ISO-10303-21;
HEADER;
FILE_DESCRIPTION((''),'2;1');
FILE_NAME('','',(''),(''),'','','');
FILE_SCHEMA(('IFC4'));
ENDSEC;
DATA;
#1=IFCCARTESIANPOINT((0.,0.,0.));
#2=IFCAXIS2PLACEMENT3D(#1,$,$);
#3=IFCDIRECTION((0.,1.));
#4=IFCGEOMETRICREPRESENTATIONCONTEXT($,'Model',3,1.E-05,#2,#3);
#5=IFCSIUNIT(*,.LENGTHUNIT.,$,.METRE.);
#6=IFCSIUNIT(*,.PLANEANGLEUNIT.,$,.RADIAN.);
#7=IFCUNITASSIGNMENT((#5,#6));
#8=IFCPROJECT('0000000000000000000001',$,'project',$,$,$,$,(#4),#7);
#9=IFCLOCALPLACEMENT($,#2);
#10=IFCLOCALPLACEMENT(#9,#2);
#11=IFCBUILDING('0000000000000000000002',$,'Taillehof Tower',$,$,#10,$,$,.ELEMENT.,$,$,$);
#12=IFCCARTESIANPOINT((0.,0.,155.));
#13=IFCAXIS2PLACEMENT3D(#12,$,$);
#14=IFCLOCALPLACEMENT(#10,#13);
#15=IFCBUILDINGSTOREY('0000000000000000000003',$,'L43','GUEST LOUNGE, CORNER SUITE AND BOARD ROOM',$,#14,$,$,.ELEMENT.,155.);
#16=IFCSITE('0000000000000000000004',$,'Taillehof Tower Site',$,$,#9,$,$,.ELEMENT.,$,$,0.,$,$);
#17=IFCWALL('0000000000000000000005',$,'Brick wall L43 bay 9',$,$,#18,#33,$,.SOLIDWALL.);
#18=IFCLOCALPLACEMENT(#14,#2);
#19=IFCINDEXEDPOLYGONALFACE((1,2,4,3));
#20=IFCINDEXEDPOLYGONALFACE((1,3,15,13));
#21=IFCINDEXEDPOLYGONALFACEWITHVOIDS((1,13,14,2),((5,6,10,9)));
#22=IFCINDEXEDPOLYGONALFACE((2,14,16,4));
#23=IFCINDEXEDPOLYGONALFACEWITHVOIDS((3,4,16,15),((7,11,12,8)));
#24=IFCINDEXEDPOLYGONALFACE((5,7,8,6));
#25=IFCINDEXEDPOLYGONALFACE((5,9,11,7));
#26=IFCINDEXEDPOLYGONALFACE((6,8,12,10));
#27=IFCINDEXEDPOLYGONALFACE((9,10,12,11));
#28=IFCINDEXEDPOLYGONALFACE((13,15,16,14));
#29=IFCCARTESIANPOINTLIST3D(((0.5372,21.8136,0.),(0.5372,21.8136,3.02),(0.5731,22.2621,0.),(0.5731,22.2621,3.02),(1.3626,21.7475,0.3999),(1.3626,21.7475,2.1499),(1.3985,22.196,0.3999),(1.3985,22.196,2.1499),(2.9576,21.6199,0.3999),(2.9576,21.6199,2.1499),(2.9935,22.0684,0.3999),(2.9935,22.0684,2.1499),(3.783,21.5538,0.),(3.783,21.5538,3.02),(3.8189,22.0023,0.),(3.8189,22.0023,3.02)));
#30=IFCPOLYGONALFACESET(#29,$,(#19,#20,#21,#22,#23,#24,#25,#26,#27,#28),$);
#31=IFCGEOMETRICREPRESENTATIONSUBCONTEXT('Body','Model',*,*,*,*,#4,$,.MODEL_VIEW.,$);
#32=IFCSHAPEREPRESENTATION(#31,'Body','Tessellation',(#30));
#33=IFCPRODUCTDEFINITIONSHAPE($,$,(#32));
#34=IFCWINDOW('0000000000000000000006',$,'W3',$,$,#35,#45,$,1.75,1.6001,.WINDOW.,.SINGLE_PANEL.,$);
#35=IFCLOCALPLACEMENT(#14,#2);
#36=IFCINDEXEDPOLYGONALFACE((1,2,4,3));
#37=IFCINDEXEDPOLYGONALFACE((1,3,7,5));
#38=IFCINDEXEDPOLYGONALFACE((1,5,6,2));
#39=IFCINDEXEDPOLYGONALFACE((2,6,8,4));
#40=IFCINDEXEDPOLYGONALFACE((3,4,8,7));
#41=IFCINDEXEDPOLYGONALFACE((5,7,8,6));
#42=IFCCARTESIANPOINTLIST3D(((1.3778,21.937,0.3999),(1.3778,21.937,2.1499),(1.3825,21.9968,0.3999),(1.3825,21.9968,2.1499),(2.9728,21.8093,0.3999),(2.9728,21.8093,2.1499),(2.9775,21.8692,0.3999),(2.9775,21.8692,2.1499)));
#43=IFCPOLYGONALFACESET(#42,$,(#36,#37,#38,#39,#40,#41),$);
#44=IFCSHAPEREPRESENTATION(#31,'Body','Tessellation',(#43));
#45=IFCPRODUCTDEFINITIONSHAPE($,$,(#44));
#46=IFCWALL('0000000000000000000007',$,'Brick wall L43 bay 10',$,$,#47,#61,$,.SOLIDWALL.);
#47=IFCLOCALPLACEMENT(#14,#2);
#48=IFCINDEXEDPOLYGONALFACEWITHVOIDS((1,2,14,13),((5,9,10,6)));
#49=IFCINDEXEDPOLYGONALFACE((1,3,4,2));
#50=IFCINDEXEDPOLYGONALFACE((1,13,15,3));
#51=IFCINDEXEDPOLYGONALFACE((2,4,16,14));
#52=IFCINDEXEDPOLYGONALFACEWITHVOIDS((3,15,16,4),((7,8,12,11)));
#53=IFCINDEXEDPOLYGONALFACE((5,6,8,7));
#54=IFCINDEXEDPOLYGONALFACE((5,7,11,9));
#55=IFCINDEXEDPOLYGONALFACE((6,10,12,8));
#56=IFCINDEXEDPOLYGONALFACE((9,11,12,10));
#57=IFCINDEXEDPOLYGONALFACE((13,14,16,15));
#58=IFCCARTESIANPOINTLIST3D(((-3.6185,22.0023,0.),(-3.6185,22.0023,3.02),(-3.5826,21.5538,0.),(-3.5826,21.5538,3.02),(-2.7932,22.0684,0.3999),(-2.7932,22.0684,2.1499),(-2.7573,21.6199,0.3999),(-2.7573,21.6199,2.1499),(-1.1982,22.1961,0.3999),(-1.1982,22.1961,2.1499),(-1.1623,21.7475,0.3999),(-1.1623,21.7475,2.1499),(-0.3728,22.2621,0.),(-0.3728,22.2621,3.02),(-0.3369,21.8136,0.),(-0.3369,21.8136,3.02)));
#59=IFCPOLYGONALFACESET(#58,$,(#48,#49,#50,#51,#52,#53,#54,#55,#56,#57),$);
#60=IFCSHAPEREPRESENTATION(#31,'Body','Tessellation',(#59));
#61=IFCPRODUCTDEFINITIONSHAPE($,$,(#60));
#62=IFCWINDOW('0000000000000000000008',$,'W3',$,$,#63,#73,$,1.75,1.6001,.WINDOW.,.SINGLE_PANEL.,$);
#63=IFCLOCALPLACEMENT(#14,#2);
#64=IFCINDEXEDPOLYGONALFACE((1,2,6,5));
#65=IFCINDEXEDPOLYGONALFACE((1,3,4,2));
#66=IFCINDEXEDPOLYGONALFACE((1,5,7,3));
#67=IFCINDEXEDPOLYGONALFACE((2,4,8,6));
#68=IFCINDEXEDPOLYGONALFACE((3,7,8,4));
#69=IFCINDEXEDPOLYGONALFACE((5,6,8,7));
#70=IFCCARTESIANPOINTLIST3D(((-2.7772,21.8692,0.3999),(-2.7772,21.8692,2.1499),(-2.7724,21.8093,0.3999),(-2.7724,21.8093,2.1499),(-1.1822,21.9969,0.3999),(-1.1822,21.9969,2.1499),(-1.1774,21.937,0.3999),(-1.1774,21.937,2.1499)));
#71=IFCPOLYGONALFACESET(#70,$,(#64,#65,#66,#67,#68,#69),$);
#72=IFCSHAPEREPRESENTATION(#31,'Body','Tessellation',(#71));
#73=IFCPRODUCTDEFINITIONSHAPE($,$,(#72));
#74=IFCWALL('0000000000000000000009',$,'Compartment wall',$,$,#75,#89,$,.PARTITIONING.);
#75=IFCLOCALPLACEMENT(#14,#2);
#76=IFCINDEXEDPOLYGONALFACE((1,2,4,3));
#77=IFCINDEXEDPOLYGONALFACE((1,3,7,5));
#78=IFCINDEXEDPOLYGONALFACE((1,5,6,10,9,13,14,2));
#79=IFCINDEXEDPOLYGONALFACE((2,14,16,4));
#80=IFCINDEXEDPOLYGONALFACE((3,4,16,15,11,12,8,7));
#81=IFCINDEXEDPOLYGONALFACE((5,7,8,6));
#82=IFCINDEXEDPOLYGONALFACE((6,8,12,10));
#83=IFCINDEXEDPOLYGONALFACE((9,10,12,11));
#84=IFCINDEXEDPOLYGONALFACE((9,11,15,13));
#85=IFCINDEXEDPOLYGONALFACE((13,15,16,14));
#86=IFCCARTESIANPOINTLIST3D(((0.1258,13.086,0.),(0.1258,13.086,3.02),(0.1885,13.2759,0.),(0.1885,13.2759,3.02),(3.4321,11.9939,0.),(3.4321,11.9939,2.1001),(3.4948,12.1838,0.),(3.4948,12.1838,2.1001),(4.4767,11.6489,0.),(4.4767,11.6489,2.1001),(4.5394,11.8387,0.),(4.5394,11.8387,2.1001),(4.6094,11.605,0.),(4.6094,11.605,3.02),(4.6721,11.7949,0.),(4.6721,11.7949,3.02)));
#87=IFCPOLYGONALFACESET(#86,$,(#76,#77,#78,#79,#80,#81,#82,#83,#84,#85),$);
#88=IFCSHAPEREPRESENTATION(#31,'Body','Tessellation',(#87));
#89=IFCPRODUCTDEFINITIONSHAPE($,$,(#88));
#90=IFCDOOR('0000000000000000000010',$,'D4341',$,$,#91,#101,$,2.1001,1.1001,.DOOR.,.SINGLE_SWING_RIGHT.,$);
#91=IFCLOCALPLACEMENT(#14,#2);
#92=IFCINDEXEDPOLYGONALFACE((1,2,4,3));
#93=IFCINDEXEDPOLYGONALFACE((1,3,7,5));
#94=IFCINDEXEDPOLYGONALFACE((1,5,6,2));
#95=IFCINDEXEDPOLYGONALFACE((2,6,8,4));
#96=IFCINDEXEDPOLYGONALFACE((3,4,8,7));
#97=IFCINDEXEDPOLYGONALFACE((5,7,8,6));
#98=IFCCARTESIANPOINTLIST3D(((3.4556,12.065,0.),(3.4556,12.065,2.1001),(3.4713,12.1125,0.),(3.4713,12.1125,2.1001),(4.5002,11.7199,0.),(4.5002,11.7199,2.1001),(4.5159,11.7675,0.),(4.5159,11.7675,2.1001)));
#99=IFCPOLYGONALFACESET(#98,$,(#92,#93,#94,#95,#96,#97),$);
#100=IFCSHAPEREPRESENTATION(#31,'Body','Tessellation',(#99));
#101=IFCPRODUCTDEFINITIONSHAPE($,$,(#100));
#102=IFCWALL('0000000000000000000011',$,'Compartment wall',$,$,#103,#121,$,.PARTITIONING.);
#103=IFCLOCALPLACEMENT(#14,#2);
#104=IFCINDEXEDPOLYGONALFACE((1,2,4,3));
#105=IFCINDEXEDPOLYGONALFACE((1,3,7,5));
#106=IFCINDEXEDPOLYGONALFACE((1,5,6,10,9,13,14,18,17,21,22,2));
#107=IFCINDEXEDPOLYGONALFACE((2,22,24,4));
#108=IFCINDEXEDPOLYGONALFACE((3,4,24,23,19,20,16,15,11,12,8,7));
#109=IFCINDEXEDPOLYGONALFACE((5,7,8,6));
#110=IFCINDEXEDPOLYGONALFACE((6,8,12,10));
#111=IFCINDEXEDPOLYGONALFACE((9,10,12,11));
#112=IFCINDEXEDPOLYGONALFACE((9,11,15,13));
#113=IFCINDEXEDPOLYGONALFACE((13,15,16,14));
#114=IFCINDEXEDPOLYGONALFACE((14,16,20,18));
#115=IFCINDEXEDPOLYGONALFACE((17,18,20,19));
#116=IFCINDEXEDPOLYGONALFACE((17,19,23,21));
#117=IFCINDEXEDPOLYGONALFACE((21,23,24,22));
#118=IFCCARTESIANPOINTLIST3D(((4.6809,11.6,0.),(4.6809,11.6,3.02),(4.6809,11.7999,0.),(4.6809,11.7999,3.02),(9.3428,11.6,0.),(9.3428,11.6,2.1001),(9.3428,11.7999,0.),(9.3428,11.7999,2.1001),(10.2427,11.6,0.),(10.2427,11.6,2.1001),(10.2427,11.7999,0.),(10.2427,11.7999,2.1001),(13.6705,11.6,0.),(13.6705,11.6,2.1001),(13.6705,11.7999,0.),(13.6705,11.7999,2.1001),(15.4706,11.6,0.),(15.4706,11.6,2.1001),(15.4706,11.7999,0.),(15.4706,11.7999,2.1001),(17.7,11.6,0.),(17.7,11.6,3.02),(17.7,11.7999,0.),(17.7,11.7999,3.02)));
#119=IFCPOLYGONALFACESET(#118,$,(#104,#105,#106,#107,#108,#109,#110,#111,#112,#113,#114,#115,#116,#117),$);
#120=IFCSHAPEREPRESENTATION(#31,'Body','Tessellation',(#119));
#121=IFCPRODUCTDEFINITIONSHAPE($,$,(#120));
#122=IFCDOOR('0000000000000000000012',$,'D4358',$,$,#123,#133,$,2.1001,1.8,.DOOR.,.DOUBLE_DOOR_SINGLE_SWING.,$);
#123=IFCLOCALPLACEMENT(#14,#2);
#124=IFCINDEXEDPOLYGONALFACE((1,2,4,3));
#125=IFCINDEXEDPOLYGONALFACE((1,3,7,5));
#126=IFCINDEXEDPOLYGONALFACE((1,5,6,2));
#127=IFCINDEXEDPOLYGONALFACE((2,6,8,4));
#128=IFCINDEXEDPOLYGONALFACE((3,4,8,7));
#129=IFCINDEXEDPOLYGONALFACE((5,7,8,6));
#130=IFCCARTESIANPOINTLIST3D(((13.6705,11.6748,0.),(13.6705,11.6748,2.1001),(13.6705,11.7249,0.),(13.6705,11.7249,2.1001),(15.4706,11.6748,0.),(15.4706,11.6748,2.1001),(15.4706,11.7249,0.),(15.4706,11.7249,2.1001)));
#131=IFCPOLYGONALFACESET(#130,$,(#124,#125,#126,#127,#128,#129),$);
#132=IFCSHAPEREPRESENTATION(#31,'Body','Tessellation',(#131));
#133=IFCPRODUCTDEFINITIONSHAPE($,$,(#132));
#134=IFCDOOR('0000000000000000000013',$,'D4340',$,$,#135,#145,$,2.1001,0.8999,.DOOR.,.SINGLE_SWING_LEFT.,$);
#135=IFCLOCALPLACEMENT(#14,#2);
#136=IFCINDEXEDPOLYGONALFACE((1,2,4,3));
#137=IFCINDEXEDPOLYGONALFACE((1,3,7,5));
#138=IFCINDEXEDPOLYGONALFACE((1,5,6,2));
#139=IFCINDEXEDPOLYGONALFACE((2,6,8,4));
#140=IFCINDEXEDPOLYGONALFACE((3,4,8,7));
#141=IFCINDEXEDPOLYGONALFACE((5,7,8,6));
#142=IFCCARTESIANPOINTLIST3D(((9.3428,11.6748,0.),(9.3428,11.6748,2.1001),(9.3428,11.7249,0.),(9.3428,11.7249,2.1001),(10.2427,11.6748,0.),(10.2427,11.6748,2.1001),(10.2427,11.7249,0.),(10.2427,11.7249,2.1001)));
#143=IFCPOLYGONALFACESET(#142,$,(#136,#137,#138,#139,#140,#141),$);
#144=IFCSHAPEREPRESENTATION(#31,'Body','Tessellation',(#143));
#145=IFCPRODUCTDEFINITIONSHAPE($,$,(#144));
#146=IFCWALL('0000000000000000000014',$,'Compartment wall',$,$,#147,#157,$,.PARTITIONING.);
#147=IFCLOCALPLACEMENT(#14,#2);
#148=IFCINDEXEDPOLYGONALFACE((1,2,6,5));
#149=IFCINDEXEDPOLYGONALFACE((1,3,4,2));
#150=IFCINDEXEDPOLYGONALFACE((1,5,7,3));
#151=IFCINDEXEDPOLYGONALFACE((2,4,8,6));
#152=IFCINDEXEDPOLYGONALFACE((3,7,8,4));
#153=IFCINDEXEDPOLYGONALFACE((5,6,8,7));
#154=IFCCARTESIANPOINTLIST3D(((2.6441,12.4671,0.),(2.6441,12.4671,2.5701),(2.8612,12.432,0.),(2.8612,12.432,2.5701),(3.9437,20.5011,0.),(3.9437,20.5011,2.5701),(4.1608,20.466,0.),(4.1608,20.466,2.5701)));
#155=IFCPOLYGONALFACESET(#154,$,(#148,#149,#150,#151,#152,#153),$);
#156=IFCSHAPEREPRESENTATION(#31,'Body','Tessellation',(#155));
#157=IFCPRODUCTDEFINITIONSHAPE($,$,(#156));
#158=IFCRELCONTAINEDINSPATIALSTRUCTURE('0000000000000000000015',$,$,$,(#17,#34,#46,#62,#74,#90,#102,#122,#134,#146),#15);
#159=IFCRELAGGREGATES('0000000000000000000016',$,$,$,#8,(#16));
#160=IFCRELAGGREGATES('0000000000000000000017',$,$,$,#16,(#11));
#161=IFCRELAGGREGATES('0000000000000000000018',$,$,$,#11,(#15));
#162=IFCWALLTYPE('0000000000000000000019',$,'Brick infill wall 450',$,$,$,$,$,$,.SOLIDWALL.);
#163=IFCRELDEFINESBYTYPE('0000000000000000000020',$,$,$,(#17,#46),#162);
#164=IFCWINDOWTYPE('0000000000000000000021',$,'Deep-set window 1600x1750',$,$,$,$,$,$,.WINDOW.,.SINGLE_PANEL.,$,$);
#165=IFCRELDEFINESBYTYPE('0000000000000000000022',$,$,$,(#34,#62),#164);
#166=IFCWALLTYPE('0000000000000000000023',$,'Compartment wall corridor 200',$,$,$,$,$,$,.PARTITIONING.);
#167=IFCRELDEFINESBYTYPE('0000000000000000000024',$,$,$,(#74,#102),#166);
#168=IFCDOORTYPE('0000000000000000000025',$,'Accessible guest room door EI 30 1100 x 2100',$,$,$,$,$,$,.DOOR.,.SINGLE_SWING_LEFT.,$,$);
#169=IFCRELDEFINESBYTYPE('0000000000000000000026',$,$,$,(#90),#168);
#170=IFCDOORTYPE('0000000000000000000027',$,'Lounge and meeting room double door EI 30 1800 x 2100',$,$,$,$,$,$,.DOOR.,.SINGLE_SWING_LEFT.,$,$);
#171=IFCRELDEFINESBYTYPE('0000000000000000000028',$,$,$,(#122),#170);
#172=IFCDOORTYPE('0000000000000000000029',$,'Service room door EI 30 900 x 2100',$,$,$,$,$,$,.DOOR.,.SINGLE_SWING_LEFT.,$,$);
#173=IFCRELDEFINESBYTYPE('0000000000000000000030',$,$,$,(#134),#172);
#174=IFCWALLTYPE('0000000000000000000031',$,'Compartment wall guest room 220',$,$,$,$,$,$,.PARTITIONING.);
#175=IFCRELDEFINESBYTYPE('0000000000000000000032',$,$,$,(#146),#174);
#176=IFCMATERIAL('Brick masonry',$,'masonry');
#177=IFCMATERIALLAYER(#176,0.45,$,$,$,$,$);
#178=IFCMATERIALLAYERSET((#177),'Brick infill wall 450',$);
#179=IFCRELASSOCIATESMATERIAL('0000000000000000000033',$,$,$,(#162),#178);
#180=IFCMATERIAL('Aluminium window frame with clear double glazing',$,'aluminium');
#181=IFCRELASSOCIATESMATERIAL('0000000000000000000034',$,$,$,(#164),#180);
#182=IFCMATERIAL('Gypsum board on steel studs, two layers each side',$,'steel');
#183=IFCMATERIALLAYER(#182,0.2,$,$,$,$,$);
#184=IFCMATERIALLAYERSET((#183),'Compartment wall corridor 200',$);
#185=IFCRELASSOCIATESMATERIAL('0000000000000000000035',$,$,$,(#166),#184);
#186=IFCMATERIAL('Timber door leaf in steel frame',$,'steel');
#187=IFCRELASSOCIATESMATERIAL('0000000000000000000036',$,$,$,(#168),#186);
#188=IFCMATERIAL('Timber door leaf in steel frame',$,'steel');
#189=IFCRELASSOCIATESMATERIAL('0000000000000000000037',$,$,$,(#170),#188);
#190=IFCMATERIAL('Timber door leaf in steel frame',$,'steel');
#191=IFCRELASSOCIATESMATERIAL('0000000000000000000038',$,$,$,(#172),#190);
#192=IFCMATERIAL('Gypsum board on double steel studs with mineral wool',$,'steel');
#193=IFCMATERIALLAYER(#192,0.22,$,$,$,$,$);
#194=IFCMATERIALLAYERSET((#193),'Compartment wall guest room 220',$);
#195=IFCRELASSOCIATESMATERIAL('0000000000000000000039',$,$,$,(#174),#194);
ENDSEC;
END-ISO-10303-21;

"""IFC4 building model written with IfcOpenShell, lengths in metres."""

from ifc_helpers import new_model, si_unit, direction, frame, frame_2d, origin, place, context, subcontext, project, spatial, rectangle, extrude, material, layer, layer_set, type_object, element, fill, save


model = new_model("IFC4")

# Units and contexts
model_context = context("Model", 3, precision=1e-05, world=origin(), true_north=direction((0.0, 1.0)))
body_context = subcontext(model_context, "Body", "Model", "MODEL_VIEW")
ifc_project = project(units=[si_unit("LENGTHUNIT", "METRE"), si_unit("PLANEANGLEUNIT", "RADIAN")], contexts=[model_context])

# Site, building, storey
site_placement = place(None, origin())
site = spatial("IfcSite", under=ifc_project, at=site_placement, Name="Taillehof Tower Site", CompositionType="ELEMENT", RefElevation=0.0)
building_placement = place(site_placement, origin())
building = spatial("IfcBuilding", under=site, at=building_placement, Name="Taillehof Tower", CompositionType="ELEMENT")
storey_placement = place(building_placement, frame((0.0, 0.0, 155.0)))
storey = spatial("IfcBuildingStorey", under=building, at=storey_placement, Name="L43", Description="GUEST LOUNGE, CORNER SUITE AND BOARD ROOM", CompositionType="ELEMENT", Elevation=155.0)

# Walls, openings, windows
ifc_material_1 = material(Name="Brick masonry", Category="masonry")
ifc_layer_1 = layer(ifc_material_1, 0.45)
ifc_layer_set_1 = layer_set([ifc_layer_1], Name="Brick infill wall 450")
wall_type_1 = type_object("IfcWallType", Name="Brick infill wall 450", PredefinedType="SOLIDWALL", material=ifc_layer_set_1)
ifc_material_2 = material(Name="Aluminium window frame with clear double glazing", Category="aluminium")
window_type = type_object("IfcWindowType", Name="Deep-set window 1600x1750", PartitioningType="SINGLE_PANEL", PredefinedType="WINDOW", material=ifc_material_2)
wall_1_placement = place(storey_placement, frame((3.8008, 21.7781, 0.0), z_axis=(0.0, 0.0, 1.0), x_axis=(-0.996812, 0.079781, 0.0)))
wall_1 = element("IfcWall", 1, at=wall_1_placement, inside=storey, type_object=wall_type_1, Name="Brick wall L43 bay 9", PredefinedType="SOLIDWALL", context=body_context, shape_type="SweptSolid", body=[
    extrude(rectangle(XDim=3.2561, YDim=0.45, at=frame_2d((1.6279, 0.0))), origin(), (0.0, 0.0, 1.0), 3.02),
])
opening_1_placement = place(wall_1_placement, frame((0.8279, 0.0, 0.3999)))
opening_1 = element("IfcOpeningElement", 2, at=opening_1_placement, cuts=wall_1, PredefinedType="OPENING", context=body_context, shape_type="SweptSolid", body=[
    extrude(rectangle(XDim=1.6001, YDim=1.75, at=frame_2d((0.8, 0.875))), frame((0.0, 0.2349, 0.0), z_axis=(0.0, -1.0, 0.0), x_axis=(1.0, 0.0, 0.0)), (0.0, 0.0, 1.0), 0.47),
])
window_1_placement = place(opening_1_placement, origin())
window_1 = element("IfcWindow", 3, at=window_1_placement, inside=storey, type_object=window_type, Name="W3", OverallHeight=1.75, OverallWidth=1.6001, PartitioningType="SINGLE_PANEL", PredefinedType="WINDOW", context=body_context, shape_type="SweptSolid", body=[
    extrude(rectangle(XDim=1.6001, YDim=1.75, at=frame_2d((0.8, 0.875))), frame((0.0, 0.0349, 0.0), z_axis=(0.0, -1.0, 0.0), x_axis=(1.0, 0.0, 0.0)), (0.0, 0.0, 1.0), 0.0601),
])
fill(opening_1, window_1)
wall_2_placement = place(storey_placement, frame((-0.355, 22.0378, 0.0), z_axis=(0.0, 0.0, 1.0), x_axis=(-0.996812, -0.079781, 0.0)))
wall_2 = element("IfcWall", 4, at=wall_2_placement, inside=storey, type_object=wall_type_1, Name="Brick wall L43 bay 10", PredefinedType="SOLIDWALL", context=body_context, shape_type="SweptSolid", body=[
    extrude(rectangle(XDim=3.2561, YDim=0.45, at=frame_2d((1.6279, 0.0))), origin(), (0.0, 0.0, 1.0), 3.02),
])
opening_2_placement = place(wall_2_placement, frame((0.8279, 0.0, 0.3999)))
opening_2 = element("IfcOpeningElement", 5, at=opening_2_placement, cuts=wall_2, PredefinedType="OPENING", context=body_context, shape_type="SweptSolid", body=[
    extrude(rectangle(XDim=1.6001, YDim=1.75, at=frame_2d((0.8, 0.875))), frame((0.0, 0.2349, 0.0), z_axis=(0.0, -1.0, 0.0), x_axis=(1.0, 0.0, 0.0)), (0.0, 0.0, 1.0), 0.47),
])
window_2_placement = place(opening_2_placement, origin())
window_2 = element("IfcWindow", 6, at=window_2_placement, inside=storey, type_object=window_type, Name="W3", OverallHeight=1.75, OverallWidth=1.6001, PartitioningType="SINGLE_PANEL", PredefinedType="WINDOW", context=body_context, shape_type="SweptSolid", body=[
    extrude(rectangle(XDim=1.6001, YDim=1.75, at=frame_2d((0.8, 0.875))), frame((0.0, 0.0349, 0.0), z_axis=(0.0, -1.0, 0.0), x_axis=(1.0, 0.0, 0.0)), (0.0, 0.0, 1.0), 0.0601),
])
fill(opening_2, window_2)

# Wall, opening, door
ifc_material_3 = material(Name="Gypsum board on steel studs, two layers each side", Category="steel")
ifc_layer_2 = layer(ifc_material_3, 0.2)
ifc_layer_set_2 = layer_set([ifc_layer_2], Name="Compartment wall corridor 200")
wall_type_2 = type_object("IfcWallType", Name="Compartment wall corridor 200", PredefinedType="PARTITIONING", material=ifc_layer_set_2)
wall_3_placement = place(storey_placement, frame((0.1572, 13.1809, 0.0), z_axis=(0.0, 0.0, 1.0), x_axis=(0.949543, -0.313636, 0.0)))
wall_3 = element("IfcWall", 7, at=wall_3_placement, inside=storey, type_object=wall_type_2, Name="Compartment wall", PredefinedType="PARTITIONING", context=body_context, shape_type="SweptSolid", body=[
    extrude(rectangle(XDim=4.7219, YDim=0.2, at=frame_2d((2.3608, 0.0))), origin(), (0.0, 0.0, 1.0), 3.02),
])
opening_3_placement = place(wall_3_placement, frame((3.4819, 0.0, 0.0)))
opening_3 = element("IfcOpeningElement", 8, at=opening_3_placement, cuts=wall_3, PredefinedType="OPENING", context=body_context, shape_type="SweptSolid", body=[
    extrude(rectangle(XDim=1.1001, YDim=2.1001, at=frame_2d((0.55, 1.05))), frame((0.0, 0.1099, 0.0), z_axis=(0.0, -1.0, 0.0), x_axis=(1.0, 0.0, 0.0)), (0.0, 0.0, 1.0), 0.22),
])
ifc_material_4 = material(Name="Timber door leaf in steel frame", Category="steel")
door_type_1 = type_object("IfcDoorType", Name="Accessible guest room door EI 30 1100 x 2100", OperationType="SINGLE_SWING_LEFT", PredefinedType="DOOR", material=ifc_material_4)
door_1_placement = place(opening_3_placement, origin())
door_1 = element("IfcDoor", 9, at=door_1_placement, inside=storey, type_object=door_type_1, Name="D4341", OperationType="SINGLE_SWING_RIGHT", OverallHeight=2.1001, OverallWidth=1.1001, PredefinedType="DOOR", context=body_context, shape_type="SweptSolid", body=[
    extrude(rectangle(XDim=1.1001, YDim=2.1001, at=frame_2d((0.55, 1.05))), frame((0.0, 0.0249, 0.0), z_axis=(0.0, -1.0, 0.0), x_axis=(1.0, 0.0, 0.0)), (0.0, 0.0, 1.0), 0.05),
])
fill(opening_3, door_1)

# Wall, openings, doors
wall_4_placement = place(storey_placement, frame((4.6809, 11.7, 0.0), z_axis=(0.0, 0.0, 1.0), x_axis=(1.0, 0.0, 0.0)))
wall_4 = element("IfcWall", 10, at=wall_4_placement, inside=storey, type_object=wall_type_2, Name="Compartment wall", PredefinedType="PARTITIONING", context=body_context, shape_type="SweptSolid", body=[
    extrude(rectangle(XDim=13.019, YDim=0.2, at=frame_2d((6.5095, 0.0))), origin(), (0.0, 0.0, 1.0), 3.02),
])
opening_4_placement = place(wall_4_placement, frame((4.6619, 0.0, 0.0)))
opening_4 = element("IfcOpeningElement", 11, at=opening_4_placement, cuts=wall_4, PredefinedType="OPENING", context=body_context, shape_type="SweptSolid", body=[
    extrude(rectangle(XDim=0.8999, YDim=2.1001, at=frame_2d((0.45, 1.05))), frame((0.0, 0.1099, 0.0), z_axis=(0.0, -1.0, 0.0), x_axis=(1.0, 0.0, 0.0)), (0.0, 0.0, 1.0), 0.22),
])
opening_5_placement = place(wall_4_placement, frame((8.9897, 0.0, 0.0)))
opening_5 = element("IfcOpeningElement", 12, at=opening_5_placement, cuts=wall_4, PredefinedType="OPENING", context=body_context, shape_type="SweptSolid", body=[
    extrude(rectangle(XDim=1.8, YDim=2.1001, at=frame_2d((0.8999, 1.05))), frame((0.0, 0.1099, 0.0), z_axis=(0.0, -1.0, 0.0), x_axis=(1.0, 0.0, 0.0)), (0.0, 0.0, 1.0), 0.22),
])
ifc_material_5 = material(Name="Timber door leaf in steel frame", Category="steel")
door_type_2 = type_object("IfcDoorType", Name="Lounge and meeting room double door EI 30 1800 x 2100", OperationType="SINGLE_SWING_LEFT", PredefinedType="DOOR", material=ifc_material_5)
door_2_placement = place(opening_5_placement, origin())
door_2 = element("IfcDoor", 13, at=door_2_placement, inside=storey, type_object=door_type_2, Name="D4358", OperationType="DOUBLE_DOOR_SINGLE_SWING", OverallHeight=2.1001, OverallWidth=1.8, PredefinedType="DOOR", context=body_context, shape_type="SweptSolid", body=[
    extrude(rectangle(XDim=1.8, YDim=2.1001, at=frame_2d((0.8999, 1.05))), frame((0.0, 0.0249, 0.0), z_axis=(0.0, -1.0, 0.0), x_axis=(1.0, 0.0, 0.0)), (0.0, 0.0, 1.0), 0.05),
])
fill(opening_5, door_2)
ifc_material_6 = material(Name="Timber door leaf in steel frame", Category="steel")
door_type_3 = type_object("IfcDoorType", Name="Service room door EI 30 900 x 2100", OperationType="SINGLE_SWING_LEFT", PredefinedType="DOOR", material=ifc_material_6)
door_3_placement = place(opening_4_placement, origin())
door_3 = element("IfcDoor", 14, at=door_3_placement, inside=storey, type_object=door_type_3, Name="D4340", OperationType="SINGLE_SWING_LEFT", OverallHeight=2.1001, OverallWidth=0.8999, PredefinedType="DOOR", context=body_context, shape_type="SweptSolid", body=[
    extrude(rectangle(XDim=0.8999, YDim=2.1001, at=frame_2d((0.45, 1.05))), frame((0.0, 0.0249, 0.0), z_axis=(0.0, -1.0, 0.0), x_axis=(1.0, 0.0, 0.0)), (0.0, 0.0, 1.0), 0.05),
])
fill(opening_4, door_3)

# Wall
ifc_material_7 = material(Name="Gypsum board on double steel studs with mineral wool", Category="steel")
ifc_layer_3 = layer(ifc_material_7, 0.22)
ifc_layer_set_3 = layer_set([ifc_layer_3], Name="Compartment wall guest room 220")
wall_type_3 = type_object("IfcWallType", Name="Compartment wall guest room 220", PredefinedType="PARTITIONING", material=ifc_layer_set_3)
wall_5_placement = place(storey_placement, frame((4.0522, 20.4836, 0.0), z_axis=(0.0, 0.0, 1.0), x_axis=(-0.159683, -0.987168, 0.0)))
element("IfcWall", 15, at=wall_5_placement, inside=storey, type_object=wall_type_3, Name="Compartment wall", PredefinedType="PARTITIONING", context=body_context, shape_type="SweptSolid", body=[
    extrude(rectangle(XDim=8.1384, YDim=0.22, at=frame_2d((4.0693, 0.0))), origin(), (0.0, 0.0, 1.0), 2.5701),
])

save(model, "model.ifc")
